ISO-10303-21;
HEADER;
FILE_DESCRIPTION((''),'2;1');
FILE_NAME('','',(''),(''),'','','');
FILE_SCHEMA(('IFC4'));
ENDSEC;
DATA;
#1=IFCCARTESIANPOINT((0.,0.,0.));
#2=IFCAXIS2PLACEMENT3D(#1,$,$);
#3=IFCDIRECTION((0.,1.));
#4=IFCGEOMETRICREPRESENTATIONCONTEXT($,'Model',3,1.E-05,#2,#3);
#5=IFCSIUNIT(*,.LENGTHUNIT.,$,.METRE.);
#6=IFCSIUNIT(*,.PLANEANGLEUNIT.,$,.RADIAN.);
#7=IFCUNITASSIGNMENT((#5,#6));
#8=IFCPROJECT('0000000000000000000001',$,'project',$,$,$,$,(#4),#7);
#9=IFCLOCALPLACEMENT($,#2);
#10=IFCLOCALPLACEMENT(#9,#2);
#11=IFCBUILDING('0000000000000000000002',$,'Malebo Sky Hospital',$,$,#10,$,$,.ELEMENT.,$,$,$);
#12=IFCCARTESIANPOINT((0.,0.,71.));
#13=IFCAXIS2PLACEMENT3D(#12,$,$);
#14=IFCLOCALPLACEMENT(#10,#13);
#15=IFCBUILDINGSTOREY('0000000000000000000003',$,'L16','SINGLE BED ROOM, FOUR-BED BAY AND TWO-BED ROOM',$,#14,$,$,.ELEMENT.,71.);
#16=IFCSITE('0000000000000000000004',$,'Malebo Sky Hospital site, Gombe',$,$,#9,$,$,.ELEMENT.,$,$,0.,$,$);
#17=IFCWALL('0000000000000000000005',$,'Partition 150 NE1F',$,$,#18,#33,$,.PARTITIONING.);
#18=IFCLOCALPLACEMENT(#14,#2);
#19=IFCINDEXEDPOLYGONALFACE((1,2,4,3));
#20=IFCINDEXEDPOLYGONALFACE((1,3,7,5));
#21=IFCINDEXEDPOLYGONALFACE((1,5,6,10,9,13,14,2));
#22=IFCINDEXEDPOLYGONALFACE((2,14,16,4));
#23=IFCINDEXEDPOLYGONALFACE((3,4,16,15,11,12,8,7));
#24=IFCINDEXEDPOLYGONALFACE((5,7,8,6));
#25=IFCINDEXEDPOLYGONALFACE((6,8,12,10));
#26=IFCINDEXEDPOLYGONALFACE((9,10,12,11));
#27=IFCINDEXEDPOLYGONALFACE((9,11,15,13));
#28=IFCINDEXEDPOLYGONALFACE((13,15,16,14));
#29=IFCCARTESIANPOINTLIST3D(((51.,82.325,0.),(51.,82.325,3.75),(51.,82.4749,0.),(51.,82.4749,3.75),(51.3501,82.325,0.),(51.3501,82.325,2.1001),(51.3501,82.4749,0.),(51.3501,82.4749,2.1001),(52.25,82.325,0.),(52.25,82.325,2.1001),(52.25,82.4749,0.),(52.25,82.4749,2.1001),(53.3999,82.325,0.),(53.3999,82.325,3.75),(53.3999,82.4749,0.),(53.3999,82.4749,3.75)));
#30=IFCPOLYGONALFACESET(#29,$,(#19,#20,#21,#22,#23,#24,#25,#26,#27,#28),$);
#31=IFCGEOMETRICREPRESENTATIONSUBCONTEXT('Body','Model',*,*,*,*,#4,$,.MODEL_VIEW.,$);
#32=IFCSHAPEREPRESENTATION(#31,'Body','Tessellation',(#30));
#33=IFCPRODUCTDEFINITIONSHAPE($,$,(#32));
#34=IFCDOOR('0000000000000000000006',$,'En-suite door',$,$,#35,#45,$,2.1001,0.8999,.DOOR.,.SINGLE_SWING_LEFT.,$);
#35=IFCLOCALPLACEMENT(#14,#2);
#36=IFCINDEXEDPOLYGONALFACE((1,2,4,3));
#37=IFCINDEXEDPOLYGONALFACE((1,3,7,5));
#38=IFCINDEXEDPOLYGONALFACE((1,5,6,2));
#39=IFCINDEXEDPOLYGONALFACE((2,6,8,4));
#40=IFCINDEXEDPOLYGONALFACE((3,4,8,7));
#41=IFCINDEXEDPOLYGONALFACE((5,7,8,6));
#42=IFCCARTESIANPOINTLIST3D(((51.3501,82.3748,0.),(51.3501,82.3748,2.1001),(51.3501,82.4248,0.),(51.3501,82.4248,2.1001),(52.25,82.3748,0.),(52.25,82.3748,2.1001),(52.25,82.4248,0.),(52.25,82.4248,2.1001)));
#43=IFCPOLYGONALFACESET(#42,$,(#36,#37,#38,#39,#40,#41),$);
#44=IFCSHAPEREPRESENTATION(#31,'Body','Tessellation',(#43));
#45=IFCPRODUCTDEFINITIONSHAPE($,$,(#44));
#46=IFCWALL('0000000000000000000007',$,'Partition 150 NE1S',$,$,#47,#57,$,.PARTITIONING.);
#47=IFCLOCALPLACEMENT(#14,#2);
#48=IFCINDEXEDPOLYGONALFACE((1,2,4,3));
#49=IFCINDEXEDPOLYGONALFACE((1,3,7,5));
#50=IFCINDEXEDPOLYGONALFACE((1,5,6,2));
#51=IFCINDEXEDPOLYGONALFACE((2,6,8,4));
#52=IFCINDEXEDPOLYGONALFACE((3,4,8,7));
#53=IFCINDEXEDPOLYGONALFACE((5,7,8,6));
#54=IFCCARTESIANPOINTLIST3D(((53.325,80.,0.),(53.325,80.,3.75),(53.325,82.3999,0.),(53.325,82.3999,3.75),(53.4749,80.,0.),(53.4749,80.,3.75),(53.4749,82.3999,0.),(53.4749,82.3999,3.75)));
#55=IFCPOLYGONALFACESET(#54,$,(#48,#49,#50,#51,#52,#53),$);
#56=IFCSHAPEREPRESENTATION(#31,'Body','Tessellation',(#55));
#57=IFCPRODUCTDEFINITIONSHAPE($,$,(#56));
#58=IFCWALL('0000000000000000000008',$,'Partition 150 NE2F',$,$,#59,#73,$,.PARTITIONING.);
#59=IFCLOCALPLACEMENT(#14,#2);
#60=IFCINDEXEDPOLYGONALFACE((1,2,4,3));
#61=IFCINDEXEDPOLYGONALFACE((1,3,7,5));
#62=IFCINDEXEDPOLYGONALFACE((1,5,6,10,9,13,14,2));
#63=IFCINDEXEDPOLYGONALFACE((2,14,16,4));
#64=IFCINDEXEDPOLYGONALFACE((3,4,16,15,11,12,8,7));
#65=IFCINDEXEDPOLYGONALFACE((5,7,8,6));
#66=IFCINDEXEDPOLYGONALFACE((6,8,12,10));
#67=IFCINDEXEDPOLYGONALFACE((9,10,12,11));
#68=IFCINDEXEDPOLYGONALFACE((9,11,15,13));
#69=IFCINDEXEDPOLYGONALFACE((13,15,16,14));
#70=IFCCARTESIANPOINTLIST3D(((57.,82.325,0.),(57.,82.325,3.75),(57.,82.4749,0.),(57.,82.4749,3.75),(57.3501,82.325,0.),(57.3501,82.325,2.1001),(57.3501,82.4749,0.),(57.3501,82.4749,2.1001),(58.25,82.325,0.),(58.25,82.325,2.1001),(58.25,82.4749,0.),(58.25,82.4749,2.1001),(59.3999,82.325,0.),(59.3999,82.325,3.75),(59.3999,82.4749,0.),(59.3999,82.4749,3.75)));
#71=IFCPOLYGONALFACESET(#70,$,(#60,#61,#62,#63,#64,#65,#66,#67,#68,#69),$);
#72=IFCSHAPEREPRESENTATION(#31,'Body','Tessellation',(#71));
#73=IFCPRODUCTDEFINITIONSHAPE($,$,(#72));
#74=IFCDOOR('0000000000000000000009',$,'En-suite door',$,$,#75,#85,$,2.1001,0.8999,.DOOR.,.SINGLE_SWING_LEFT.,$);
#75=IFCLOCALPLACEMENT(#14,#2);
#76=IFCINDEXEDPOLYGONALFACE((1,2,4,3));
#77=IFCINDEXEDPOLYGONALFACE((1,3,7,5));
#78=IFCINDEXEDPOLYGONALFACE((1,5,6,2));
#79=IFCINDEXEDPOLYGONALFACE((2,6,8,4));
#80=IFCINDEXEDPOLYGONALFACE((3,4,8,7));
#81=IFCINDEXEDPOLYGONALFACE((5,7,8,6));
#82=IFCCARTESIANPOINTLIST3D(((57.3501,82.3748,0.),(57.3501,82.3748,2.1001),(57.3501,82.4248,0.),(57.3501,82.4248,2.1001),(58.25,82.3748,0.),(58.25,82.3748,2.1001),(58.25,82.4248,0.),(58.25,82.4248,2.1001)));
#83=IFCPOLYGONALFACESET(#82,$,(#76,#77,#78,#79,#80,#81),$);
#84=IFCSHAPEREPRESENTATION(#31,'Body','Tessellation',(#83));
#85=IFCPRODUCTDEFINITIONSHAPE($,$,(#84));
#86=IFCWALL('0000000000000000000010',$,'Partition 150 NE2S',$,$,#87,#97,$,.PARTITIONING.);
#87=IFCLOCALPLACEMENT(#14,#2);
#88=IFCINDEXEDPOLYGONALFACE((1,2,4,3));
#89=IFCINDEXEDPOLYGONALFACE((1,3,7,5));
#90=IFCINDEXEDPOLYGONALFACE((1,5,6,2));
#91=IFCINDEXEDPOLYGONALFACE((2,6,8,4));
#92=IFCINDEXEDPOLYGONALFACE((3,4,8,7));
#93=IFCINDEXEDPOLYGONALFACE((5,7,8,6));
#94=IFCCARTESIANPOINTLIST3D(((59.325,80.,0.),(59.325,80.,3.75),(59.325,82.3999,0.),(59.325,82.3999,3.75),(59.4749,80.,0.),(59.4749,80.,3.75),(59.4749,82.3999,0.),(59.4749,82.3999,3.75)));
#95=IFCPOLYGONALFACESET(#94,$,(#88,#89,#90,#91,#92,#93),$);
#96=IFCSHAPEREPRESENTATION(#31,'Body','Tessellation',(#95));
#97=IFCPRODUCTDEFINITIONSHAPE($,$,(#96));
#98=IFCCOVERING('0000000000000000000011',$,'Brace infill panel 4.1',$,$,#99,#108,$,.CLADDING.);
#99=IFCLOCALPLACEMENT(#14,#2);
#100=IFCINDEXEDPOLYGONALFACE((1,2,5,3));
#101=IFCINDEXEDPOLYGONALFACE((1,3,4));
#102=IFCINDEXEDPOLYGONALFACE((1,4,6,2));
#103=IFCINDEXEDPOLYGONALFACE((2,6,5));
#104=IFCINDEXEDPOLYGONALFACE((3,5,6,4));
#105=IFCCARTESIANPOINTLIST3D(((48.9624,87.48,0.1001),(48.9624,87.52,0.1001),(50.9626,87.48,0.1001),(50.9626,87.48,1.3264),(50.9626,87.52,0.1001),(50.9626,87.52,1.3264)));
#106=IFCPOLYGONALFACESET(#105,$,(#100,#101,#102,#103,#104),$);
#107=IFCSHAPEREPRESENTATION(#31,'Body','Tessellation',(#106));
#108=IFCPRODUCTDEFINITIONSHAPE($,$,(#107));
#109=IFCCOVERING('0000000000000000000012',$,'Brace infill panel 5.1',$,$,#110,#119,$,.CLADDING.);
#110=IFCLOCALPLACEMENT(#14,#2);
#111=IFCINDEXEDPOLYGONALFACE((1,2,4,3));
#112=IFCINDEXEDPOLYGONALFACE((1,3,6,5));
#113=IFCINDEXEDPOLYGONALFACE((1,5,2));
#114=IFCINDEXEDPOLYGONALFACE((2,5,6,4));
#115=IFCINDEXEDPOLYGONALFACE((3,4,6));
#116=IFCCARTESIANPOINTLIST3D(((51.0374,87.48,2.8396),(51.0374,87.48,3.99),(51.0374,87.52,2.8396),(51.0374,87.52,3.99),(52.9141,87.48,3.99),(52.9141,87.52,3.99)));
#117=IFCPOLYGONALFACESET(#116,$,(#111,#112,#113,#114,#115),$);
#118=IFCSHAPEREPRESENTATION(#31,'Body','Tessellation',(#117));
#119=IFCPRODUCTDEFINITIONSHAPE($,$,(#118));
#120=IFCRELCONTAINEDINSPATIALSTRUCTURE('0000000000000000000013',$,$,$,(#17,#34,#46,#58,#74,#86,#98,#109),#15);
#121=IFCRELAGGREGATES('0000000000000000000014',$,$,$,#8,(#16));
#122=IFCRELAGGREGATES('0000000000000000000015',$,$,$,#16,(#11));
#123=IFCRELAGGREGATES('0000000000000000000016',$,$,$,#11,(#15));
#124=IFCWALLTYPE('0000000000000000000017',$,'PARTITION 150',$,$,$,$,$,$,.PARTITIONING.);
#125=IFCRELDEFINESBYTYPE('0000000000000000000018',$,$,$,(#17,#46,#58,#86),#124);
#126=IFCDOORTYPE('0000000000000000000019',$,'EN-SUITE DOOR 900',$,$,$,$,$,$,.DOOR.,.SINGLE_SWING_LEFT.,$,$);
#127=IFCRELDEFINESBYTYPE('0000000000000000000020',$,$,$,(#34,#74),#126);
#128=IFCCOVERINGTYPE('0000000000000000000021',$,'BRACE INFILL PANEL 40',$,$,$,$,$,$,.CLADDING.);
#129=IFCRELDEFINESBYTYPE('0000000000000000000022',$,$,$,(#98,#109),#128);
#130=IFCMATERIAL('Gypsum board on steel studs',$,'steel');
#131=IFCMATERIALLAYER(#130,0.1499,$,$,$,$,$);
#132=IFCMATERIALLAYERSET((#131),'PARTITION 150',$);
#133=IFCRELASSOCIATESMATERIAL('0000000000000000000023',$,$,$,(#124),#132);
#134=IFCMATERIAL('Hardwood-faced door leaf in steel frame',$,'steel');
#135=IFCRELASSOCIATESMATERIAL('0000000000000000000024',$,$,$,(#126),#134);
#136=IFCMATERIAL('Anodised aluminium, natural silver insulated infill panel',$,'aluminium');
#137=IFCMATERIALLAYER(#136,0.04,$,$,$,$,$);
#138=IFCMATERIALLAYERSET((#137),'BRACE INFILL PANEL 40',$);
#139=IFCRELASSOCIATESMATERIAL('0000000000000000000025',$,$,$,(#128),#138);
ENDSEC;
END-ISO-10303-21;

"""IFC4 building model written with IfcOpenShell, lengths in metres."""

from ifc_helpers import new_model, si_unit, direction, frame, frame_2d, origin, place, context, subcontext, project, spatial, polyline, rectangle, outline, extrude, material, layer, layer_set, type_object, element, fill, save


model = new_model("IFC4")

# Units and contexts
model_context = context("Model", 3, precision=1e-05, world=origin(), true_north=direction((0.0, 1.0)))
body_context = subcontext(model_context, "Body", "Model", "MODEL_VIEW")
ifc_project = project(units=[si_unit("LENGTHUNIT", "METRE"), si_unit("PLANEANGLEUNIT", "RADIAN")], contexts=[model_context])

# Site, building, storey
site_placement = place(None, origin())
site = spatial("IfcSite", under=ifc_project, at=site_placement, Name="Malebo Sky Hospital site, Gombe", CompositionType="ELEMENT", RefElevation=0.0)
building_placement = place(site_placement, origin())
building = spatial("IfcBuilding", under=site, at=building_placement, Name="Malebo Sky Hospital", CompositionType="ELEMENT")
storey_placement = place(building_placement, frame((0.0, 0.0, 71.0)))
storey = spatial("IfcBuildingStorey", under=building, at=storey_placement, Name="L16", Description="SINGLE BED ROOM, FOUR-BED BAY AND TWO-BED ROOM", CompositionType="ELEMENT", Elevation=71.0)

# Shared definitions
ifc_material_1 = material(Name="Gypsum board on steel studs", Category="steel")
ifc_layer_1 = layer(ifc_material_1, 0.1499)
ifc_layer_set_1 = layer_set([ifc_layer_1], Name="PARTITION 150")
wall_type = type_object("IfcWallType", Name="PARTITION 150", PredefinedType="PARTITIONING", material=ifc_layer_set_1)

# Wall, opening, door
wall_1_placement = place(storey_placement, frame((51.0, 82.3999, 0.0), z_axis=(0.0, 0.0, 1.0), x_axis=(1.0, 0.0, 0.0)))
wall_1 = element("IfcWall", 1, at=wall_1_placement, inside=storey, type_object=wall_type, Name="Partition 150 NE1F", PredefinedType="PARTITIONING", context=body_context, shape_type="SweptSolid", body=[
    extrude(rectangle(XDim=2.3999, YDim=0.1499, at=frame_2d((1.2, 0.0))), origin(), (0.0, 0.0, 1.0), 3.75),
])
opening_1_placement = place(wall_1_placement, frame((0.3501, 0.0, 0.0)))
opening_1 = element("IfcOpeningElement", 2, at=opening_1_placement, cuts=wall_1, PredefinedType="OPENING", context=body_context, shape_type="SweptSolid", body=[
    extrude(rectangle(XDim=0.8999, YDim=2.1001, at=frame_2d((0.45, 1.05))), frame((0.0, 0.085, 0.0), z_axis=(0.0, -1.0, 0.0), x_axis=(1.0, 0.0, 0.0)), (0.0, 0.0, 1.0), 0.1699),
])
ifc_material_2 = material(Name="Hardwood-faced door leaf in steel frame", Category="steel")
door_type = type_object("IfcDoorType", Name="EN-SUITE DOOR 900", OperationType="SINGLE_SWING_LEFT", PredefinedType="DOOR", material=ifc_material_2)
door_1_placement = place(opening_1_placement, origin())
door_1 = element("IfcDoor", 3, at=door_1_placement, inside=storey, type_object=door_type, Name="En-suite door", OperationType="SINGLE_SWING_LEFT", OverallHeight=2.1001, OverallWidth=0.8999, PredefinedType="DOOR", context=body_context, shape_type="SweptSolid", body=[
    extrude(rectangle(XDim=0.8999, YDim=2.1001, at=frame_2d((0.45, 1.05))), frame((0.0, 0.0249, 0.0), z_axis=(0.0, -1.0, 0.0), x_axis=(1.0, 0.0, 0.0)), (0.0, 0.0, 1.0), 0.05),
])
fill(opening_1, door_1)

# Wall
wall_2_placement = place(storey_placement, frame((53.3999, 80.0, 0.0), z_axis=(0.0, 0.0, 1.0), x_axis=(0.0, 1.0, 0.0)))
element("IfcWall", 4, at=wall_2_placement, inside=storey, type_object=wall_type, Name="Partition 150 NE1S", PredefinedType="PARTITIONING", context=body_context, shape_type="SweptSolid", body=[
    extrude(rectangle(XDim=2.3999, YDim=0.1499, at=frame_2d((1.2, 0.0))), origin(), (0.0, 0.0, 1.0), 3.75),
])

# Wall, opening, door
wall_3_placement = place(storey_placement, frame((57.0, 82.3999, 0.0), z_axis=(0.0, 0.0, 1.0), x_axis=(1.0, 0.0, 0.0)))
wall_3 = element("IfcWall", 5, at=wall_3_placement, inside=storey, type_object=wall_type, Name="Partition 150 NE2F", PredefinedType="PARTITIONING", context=body_context, shape_type="SweptSolid", body=[
    extrude(rectangle(XDim=2.3999, YDim=0.1499, at=frame_2d((1.2, 0.0))), origin(), (0.0, 0.0, 1.0), 3.75),
])
opening_2_placement = place(wall_3_placement, frame((0.3501, 0.0, 0.0)))
opening_2 = element("IfcOpeningElement", 6, at=opening_2_placement, cuts=wall_3, PredefinedType="OPENING", context=body_context, shape_type="SweptSolid", body=[
    extrude(rectangle(XDim=0.8999, YDim=2.1001, at=frame_2d((0.45, 1.05))), frame((0.0, 0.085, 0.0), z_axis=(0.0, -1.0, 0.0), x_axis=(1.0, 0.0, 0.0)), (0.0, 0.0, 1.0), 0.1699),
])
door_2_placement = place(opening_2_placement, origin())
door_2 = element("IfcDoor", 7, at=door_2_placement, inside=storey, type_object=door_type, Name="En-suite door", OperationType="SINGLE_SWING_LEFT", OverallHeight=2.1001, OverallWidth=0.8999, PredefinedType="DOOR", context=body_context, shape_type="SweptSolid", body=[
    extrude(rectangle(XDim=0.8999, YDim=2.1001, at=frame_2d((0.45, 1.05))), frame((0.0, 0.0249, 0.0), z_axis=(0.0, -1.0, 0.0), x_axis=(1.0, 0.0, 0.0)), (0.0, 0.0, 1.0), 0.05),
])
fill(opening_2, door_2)

# Wall
wall_4_placement = place(storey_placement, frame((59.3999, 80.0, 0.0), z_axis=(0.0, 0.0, 1.0), x_axis=(0.0, 1.0, 0.0)))
element("IfcWall", 8, at=wall_4_placement, inside=storey, type_object=wall_type, Name="Partition 150 NE2S", PredefinedType="PARTITIONING", context=body_context, shape_type="SweptSolid", body=[
    extrude(rectangle(XDim=2.3999, YDim=0.1499, at=frame_2d((1.2, 0.0))), origin(), (0.0, 0.0, 1.0), 3.75),
])

# Coverings
ifc_material_3 = material(Name="Anodised aluminium, natural silver insulated infill panel", Category="aluminium")
ifc_layer_2 = layer(ifc_material_3, 0.04)
ifc_layer_set_2 = layer_set([ifc_layer_2], Name="BRACE INFILL PANEL 40")
covering_type = type_object("IfcCoveringType", Name="BRACE INFILL PANEL 40", PredefinedType="CLADDING", material=ifc_layer_set_2)
covering_1_placement = place(storey_placement, frame((49.9624, 87.5, 0.1001), z_axis=(0.0, 0.0, 1.0), x_axis=(1.0, 0.0, 0.0)))
element("IfcCovering", 9, at=covering_1_placement, inside=storey, type_object=covering_type, Name="Brace infill panel 4.1", PredefinedType="CLADDING", context=body_context, shape_type="SweptSolid", body=[
    extrude(outline(polyline([(-1.0, 0.0), (1.0002, 0.0), (1.0002, 1.2263), (-1.0, 0.0)])), frame((0.0, 0.02, 0.0), z_axis=(0.0, -1.0, 0.0), x_axis=(1.0, 0.0, 0.0)), (0.0, 0.0, 1.0), 0.04),
])
covering_2_placement = place(storey_placement, frame((51.9758, 87.5, 2.8396), z_axis=(0.0, 0.0, 1.0), x_axis=(1.0, 0.0, 0.0)))
element("IfcCovering", 10, at=covering_2_placement, inside=storey, type_object=covering_type, Name="Brace infill panel 5.1", PredefinedType="CLADDING", context=body_context, shape_type="SweptSolid", body=[
    extrude(outline(polyline([(-0.9385, 0.0), (0.9382, 1.1504), (-0.9385, 1.1504), (-0.9385, 0.0)])), frame((0.0, 0.02, 0.0), z_axis=(0.0, -1.0, 0.0), x_axis=(1.0, 0.0, 0.0)), (0.0, 0.0, 1.0), 0.04),
])

save(model, "model.ifc")
